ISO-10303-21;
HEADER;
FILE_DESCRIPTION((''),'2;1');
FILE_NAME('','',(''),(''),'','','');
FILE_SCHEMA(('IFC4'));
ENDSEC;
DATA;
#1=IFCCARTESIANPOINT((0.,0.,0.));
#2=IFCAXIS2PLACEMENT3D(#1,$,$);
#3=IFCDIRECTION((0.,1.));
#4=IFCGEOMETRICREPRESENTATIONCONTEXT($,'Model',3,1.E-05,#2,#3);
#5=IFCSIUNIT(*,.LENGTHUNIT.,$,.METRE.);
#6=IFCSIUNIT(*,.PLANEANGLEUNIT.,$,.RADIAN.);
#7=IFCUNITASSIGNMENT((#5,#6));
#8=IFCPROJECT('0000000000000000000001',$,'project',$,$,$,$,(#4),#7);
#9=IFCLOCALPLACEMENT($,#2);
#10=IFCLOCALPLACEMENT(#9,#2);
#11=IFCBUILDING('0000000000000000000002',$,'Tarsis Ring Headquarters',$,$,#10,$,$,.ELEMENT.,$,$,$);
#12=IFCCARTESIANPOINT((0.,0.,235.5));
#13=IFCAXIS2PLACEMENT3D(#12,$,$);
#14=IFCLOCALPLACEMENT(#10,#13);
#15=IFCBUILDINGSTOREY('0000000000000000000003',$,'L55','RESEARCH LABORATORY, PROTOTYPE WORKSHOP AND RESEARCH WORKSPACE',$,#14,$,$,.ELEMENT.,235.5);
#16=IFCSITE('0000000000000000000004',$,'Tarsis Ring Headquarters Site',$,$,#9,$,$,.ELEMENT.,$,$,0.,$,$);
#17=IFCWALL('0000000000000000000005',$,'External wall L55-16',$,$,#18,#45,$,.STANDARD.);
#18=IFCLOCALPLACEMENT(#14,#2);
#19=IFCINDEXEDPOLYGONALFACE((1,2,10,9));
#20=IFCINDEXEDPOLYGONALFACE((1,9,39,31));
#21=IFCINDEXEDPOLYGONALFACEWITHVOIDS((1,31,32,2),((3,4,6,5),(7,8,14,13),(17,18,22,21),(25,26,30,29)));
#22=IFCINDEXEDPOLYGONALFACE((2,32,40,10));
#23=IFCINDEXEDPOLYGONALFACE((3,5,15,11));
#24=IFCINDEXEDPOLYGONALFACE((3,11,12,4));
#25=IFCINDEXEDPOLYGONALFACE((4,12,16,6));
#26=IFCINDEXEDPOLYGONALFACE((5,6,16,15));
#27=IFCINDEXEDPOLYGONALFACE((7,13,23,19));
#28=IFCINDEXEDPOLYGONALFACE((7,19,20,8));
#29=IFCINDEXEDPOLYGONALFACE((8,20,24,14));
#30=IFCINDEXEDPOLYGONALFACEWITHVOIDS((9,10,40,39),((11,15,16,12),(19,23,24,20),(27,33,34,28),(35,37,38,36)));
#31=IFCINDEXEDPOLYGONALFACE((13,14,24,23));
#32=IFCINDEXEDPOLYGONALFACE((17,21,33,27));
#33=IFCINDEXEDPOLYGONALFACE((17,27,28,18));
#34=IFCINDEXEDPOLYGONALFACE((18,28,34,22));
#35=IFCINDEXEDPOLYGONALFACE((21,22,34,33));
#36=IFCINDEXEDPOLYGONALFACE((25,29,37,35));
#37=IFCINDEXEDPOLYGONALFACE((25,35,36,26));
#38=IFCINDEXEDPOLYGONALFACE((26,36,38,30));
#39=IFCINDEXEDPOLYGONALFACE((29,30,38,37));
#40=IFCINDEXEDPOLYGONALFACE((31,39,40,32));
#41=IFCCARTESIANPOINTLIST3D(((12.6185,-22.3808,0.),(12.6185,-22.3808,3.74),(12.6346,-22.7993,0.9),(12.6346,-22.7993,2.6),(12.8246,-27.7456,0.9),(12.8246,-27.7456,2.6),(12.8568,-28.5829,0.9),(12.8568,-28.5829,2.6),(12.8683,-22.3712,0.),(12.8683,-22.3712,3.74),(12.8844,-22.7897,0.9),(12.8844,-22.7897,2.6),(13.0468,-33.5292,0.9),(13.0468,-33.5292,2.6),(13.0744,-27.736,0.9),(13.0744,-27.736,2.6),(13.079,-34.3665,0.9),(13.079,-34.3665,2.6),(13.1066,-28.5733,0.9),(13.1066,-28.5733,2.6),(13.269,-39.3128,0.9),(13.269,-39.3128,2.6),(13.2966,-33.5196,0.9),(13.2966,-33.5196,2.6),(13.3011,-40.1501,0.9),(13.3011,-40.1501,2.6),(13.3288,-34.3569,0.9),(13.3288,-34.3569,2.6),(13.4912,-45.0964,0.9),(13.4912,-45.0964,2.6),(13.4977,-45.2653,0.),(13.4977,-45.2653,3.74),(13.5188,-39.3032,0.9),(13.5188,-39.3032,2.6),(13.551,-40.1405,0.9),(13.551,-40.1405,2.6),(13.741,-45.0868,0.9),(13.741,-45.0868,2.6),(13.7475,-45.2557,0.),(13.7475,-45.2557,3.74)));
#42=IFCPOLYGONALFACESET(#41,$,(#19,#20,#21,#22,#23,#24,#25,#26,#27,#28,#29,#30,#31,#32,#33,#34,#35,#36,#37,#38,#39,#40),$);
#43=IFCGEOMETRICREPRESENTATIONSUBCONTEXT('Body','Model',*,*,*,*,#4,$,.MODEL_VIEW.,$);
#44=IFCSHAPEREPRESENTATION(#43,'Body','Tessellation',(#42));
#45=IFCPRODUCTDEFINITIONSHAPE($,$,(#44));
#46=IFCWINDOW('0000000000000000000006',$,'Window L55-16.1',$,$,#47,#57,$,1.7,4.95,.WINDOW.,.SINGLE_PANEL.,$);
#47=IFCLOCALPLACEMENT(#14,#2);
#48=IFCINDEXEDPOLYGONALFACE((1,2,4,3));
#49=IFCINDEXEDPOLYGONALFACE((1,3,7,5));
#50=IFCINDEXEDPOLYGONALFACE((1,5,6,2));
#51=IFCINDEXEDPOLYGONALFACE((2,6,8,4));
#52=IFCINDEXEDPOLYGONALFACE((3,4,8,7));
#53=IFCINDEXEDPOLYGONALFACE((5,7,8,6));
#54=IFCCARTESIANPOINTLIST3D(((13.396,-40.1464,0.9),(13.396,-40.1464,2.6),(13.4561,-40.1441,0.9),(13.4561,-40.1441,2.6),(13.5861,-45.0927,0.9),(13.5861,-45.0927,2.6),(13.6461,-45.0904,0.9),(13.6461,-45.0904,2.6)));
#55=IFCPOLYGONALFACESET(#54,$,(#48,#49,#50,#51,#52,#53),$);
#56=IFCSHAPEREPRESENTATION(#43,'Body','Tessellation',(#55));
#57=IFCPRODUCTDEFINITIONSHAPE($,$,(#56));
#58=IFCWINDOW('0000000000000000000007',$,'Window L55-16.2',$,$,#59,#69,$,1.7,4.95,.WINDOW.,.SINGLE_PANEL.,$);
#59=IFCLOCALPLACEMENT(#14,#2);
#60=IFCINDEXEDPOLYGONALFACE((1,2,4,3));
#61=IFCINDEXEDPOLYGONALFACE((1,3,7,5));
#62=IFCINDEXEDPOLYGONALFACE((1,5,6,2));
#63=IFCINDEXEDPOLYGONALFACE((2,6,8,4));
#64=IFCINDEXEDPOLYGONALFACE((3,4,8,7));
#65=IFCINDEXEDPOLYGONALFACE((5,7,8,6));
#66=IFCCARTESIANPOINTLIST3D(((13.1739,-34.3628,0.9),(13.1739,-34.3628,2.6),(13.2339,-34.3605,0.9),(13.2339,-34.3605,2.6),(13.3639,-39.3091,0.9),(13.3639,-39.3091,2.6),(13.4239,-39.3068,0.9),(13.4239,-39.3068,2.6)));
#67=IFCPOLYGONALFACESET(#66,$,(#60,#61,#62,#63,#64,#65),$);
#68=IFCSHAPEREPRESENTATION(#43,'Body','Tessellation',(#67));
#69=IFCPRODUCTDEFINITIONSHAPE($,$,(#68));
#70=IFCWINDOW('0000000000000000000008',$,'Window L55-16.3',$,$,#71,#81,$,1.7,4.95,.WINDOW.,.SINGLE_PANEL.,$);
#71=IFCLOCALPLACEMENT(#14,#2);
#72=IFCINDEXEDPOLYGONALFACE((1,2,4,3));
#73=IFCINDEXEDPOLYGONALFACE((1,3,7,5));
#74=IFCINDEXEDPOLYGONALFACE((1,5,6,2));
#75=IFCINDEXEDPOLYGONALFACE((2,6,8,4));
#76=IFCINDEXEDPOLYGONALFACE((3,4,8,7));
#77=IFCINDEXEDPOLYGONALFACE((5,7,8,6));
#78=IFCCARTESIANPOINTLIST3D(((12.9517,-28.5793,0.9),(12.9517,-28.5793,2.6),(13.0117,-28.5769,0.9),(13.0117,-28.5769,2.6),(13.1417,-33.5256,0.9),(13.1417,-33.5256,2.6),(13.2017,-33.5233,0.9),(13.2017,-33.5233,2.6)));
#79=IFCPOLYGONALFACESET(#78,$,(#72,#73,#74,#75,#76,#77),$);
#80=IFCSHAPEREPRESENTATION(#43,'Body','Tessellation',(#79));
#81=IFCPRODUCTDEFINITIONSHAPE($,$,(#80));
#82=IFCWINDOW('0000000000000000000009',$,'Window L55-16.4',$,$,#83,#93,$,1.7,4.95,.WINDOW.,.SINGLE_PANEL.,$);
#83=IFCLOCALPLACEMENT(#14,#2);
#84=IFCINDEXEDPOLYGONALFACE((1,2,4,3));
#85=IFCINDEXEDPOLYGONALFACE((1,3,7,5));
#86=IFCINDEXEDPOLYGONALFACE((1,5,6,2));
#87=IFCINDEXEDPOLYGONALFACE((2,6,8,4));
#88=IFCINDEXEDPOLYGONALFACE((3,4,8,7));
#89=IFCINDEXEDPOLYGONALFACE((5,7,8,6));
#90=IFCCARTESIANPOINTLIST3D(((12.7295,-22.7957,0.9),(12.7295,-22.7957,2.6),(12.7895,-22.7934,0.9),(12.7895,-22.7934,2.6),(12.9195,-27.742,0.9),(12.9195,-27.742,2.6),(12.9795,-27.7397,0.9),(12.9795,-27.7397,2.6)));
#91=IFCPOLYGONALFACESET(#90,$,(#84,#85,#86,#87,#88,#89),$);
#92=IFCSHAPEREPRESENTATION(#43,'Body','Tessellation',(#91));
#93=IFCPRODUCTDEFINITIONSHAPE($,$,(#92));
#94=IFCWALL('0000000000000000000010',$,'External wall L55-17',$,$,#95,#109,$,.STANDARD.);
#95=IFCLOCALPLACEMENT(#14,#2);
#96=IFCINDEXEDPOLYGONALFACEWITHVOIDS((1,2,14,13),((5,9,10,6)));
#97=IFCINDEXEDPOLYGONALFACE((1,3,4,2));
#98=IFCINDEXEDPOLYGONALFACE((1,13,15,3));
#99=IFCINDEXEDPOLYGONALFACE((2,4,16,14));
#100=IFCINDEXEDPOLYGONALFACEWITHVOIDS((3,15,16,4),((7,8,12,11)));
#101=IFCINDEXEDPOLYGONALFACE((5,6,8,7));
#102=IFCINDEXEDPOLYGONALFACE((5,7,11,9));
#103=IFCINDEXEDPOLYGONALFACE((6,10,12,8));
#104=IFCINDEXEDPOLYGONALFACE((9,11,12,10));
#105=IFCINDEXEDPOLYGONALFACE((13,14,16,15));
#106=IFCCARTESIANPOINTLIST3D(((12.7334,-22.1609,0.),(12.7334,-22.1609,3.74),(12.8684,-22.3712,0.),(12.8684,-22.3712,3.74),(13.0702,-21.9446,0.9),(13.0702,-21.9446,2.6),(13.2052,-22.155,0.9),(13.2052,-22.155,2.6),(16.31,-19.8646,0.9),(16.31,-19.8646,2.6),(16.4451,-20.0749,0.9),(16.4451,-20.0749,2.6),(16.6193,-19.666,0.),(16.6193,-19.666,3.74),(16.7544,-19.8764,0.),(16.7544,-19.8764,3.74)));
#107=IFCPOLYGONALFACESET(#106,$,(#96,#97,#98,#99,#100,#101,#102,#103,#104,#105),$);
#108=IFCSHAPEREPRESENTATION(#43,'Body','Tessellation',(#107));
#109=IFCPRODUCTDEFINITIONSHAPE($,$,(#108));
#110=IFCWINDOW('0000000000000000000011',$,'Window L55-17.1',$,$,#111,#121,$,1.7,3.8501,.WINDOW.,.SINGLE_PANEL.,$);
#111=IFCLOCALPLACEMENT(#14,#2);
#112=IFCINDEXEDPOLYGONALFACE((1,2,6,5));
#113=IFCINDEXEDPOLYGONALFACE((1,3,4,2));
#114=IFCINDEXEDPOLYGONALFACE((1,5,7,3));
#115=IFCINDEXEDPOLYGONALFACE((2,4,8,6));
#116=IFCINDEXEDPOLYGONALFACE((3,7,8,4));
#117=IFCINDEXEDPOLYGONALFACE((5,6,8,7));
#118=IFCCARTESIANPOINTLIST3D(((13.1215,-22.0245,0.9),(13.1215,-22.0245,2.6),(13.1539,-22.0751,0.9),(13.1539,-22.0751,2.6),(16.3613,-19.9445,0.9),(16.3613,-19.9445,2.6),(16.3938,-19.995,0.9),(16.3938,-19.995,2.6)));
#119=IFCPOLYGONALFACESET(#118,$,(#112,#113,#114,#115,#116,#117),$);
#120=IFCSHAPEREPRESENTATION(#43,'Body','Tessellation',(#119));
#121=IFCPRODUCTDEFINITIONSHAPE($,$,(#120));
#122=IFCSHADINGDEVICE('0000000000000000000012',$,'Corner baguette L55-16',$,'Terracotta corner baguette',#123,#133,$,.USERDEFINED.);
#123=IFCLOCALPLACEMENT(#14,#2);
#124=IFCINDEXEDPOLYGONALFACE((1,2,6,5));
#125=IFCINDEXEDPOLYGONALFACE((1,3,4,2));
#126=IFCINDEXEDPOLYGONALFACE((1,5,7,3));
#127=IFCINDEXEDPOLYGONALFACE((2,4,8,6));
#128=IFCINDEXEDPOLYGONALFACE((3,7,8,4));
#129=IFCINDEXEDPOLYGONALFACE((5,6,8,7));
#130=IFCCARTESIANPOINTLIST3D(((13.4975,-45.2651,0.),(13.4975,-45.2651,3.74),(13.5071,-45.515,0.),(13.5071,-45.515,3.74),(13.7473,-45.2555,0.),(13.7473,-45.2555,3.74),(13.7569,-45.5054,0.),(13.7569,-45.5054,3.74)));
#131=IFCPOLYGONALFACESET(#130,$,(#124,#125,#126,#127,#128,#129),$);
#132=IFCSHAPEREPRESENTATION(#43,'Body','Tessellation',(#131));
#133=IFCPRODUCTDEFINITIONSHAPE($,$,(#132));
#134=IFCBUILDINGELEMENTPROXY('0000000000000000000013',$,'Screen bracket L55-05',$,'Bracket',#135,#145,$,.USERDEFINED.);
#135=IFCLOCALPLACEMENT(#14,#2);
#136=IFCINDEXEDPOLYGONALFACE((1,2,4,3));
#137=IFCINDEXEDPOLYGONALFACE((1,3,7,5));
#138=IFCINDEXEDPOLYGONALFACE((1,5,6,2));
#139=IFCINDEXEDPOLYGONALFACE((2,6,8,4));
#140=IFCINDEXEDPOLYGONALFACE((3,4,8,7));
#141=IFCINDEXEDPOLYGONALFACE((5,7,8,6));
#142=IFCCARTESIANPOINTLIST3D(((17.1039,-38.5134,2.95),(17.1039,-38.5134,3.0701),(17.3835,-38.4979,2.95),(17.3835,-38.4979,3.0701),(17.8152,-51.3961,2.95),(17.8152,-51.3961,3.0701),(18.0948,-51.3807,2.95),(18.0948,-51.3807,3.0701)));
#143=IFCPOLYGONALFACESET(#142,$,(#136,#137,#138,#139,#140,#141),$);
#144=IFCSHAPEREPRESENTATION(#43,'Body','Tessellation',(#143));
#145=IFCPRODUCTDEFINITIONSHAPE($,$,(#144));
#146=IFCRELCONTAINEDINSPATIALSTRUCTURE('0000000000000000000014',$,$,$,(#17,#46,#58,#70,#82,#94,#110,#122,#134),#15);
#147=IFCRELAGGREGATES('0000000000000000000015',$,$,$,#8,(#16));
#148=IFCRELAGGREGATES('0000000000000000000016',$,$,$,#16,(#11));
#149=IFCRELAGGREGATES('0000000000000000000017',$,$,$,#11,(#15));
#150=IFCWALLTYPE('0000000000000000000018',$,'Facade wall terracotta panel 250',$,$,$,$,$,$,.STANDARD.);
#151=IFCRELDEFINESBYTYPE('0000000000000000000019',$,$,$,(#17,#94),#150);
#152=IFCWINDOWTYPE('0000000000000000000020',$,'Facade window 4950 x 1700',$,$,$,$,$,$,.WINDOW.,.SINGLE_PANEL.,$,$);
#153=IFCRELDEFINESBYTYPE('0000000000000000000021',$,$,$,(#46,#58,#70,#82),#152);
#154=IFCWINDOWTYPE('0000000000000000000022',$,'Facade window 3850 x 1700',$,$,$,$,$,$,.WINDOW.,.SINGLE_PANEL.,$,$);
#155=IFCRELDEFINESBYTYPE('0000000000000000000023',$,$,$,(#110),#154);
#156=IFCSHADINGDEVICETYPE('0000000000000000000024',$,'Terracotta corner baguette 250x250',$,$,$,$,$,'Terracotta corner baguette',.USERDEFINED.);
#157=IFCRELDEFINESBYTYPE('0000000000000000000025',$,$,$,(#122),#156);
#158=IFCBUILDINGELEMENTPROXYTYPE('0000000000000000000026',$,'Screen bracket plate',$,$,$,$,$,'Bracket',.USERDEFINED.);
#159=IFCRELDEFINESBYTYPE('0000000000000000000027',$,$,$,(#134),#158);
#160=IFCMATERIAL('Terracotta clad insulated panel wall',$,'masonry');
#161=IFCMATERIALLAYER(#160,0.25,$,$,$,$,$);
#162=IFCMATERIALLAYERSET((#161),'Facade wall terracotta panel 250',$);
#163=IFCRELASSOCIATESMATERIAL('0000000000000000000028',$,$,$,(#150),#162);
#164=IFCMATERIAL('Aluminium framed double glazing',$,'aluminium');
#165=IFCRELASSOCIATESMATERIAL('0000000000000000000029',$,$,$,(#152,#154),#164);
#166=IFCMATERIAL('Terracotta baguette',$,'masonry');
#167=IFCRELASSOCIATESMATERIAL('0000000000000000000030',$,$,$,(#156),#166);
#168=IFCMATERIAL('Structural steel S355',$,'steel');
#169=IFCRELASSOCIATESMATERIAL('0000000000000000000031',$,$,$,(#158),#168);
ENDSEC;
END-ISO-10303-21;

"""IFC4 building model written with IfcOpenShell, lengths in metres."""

from ifc_helpers import new_model, si_unit, direction, frame, frame_2d, origin, origin_2d, place, context, subcontext, project, spatial, rectangle, extrude, material, layer, layer_set, type_object, element, fill, save


model = new_model("IFC4")

# Units and contexts
model_context = context("Model", 3, precision=1e-05, world=origin(), true_north=direction((0.0, 1.0)))
body_context = subcontext(model_context, "Body", "Model", "MODEL_VIEW")
ifc_project = project(units=[si_unit("LENGTHUNIT", "METRE"), si_unit("PLANEANGLEUNIT", "RADIAN")], contexts=[model_context])

# Site, building, storey
site_placement = place(None, origin())
site = spatial("IfcSite", under=ifc_project, at=site_placement, Name="Tarsis Ring Headquarters Site", CompositionType="ELEMENT", RefElevation=0.0)
building_placement = place(site_placement, origin())
building = spatial("IfcBuilding", under=site, at=building_placement, Name="Tarsis Ring Headquarters", CompositionType="ELEMENT")
storey_placement = place(building_placement, frame((0.0, 0.0, 235.5)))
storey = spatial("IfcBuildingStorey", under=building, at=storey_placement, Name="L55", Description="RESEARCH LABORATORY, PROTOTYPE WORKSHOP AND RESEARCH WORKSPACE", CompositionType="ELEMENT", Elevation=235.5)

# Shared definitions
ifc_material_1 = material(Name="Structural steel S355", Category="steel")

# Shared definitions
ifc_material_2 = material(Name="Terracotta clad insulated panel wall", Category="masonry")
ifc_layer_1 = layer(ifc_material_2, 0.25)
ifc_layer_set_1 = layer_set([ifc_layer_1], Name="Facade wall terracotta panel 250")
wall_type_1 = type_object("IfcWallType", Name="Facade wall terracotta panel 250", PredefinedType="STANDARD", material=ifc_layer_set_1)

# Wall, openings, windows
wall_1_placement = place(storey_placement, frame((13.6226, -45.2605, 0.0), z_axis=(0.0, 0.0, 1.0), x_axis=(-0.038388, 0.999263, 0.0)))
wall_1 = element("IfcWall", 1, at=wall_1_placement, inside=storey, type_object=wall_type_1, Name="External wall L55-16", PredefinedType="STANDARD", context=body_context, shape_type="SweptSolid", body=[
    extrude(rectangle(XDim=22.9014, YDim=0.25, at=frame_2d((11.4507, 0.0))), origin(), (0.0, 0.0, 1.0), 3.74),
])
opening_1_placement = place(wall_1_placement, frame((0.1689, 0.0, 0.8999)))
opening_1 = element("IfcOpeningElement", 2, at=opening_1_placement, cuts=wall_1, PredefinedType="OPENING", context=body_context, shape_type="SweptSolid", body=[
    extrude(rectangle(XDim=4.95, YDim=1.7, at=frame_2d((2.4751, 0.8501))), frame((0.0, 0.135, 0.0), z_axis=(0.0, -1.0, 0.0), x_axis=(1.0, 0.0, 0.0)), (0.0, 0.0, 1.0), 0.27),
])
opening_2_placement = place(wall_1_placement, frame((5.9568, 0.0, 0.8999)))
opening_2 = element("IfcOpeningElement", 3, at=opening_2_placement, cuts=wall_1, PredefinedType="OPENING", context=body_context, shape_type="SweptSolid", body=[
    extrude(rectangle(XDim=4.95, YDim=1.7, at=frame_2d((2.4751, 0.8501))), frame((0.0, 0.135, 0.0), z_axis=(0.0, -1.0, 0.0), x_axis=(1.0, 0.0, 0.0)), (0.0, 0.0, 1.0), 0.27),
])
opening_3_placement = place(wall_1_placement, frame((11.7446, 0.0, 0.8999)))
opening_3 = element("IfcOpeningElement", 4, at=opening_3_placement, cuts=wall_1, PredefinedType="OPENING", context=body_context, shape_type="SweptSolid", body=[
    extrude(rectangle(XDim=4.95, YDim=1.7, at=frame_2d((2.4751, 0.8501))), frame((0.0, 0.135, 0.0), z_axis=(0.0, -1.0, 0.0), x_axis=(1.0, 0.0, 0.0)), (0.0, 0.0, 1.0), 0.27),
])
opening_4_placement = place(wall_1_placement, frame((17.5325, 0.0, 0.8999)))
opening_4 = element("IfcOpeningElement", 5, at=opening_4_placement, cuts=wall_1, PredefinedType="OPENING", context=body_context, shape_type="SweptSolid", body=[
    extrude(rectangle(XDim=4.95, YDim=1.7, at=frame_2d((2.4751, 0.8501))), frame((0.0, 0.135, 0.0), z_axis=(0.0, -1.0, 0.0), x_axis=(1.0, 0.0, 0.0)), (0.0, 0.0, 1.0), 0.27),
])
ifc_material_3 = material(Name="Aluminium framed double glazing", Category="aluminium")
window_type_1 = type_object("IfcWindowType", Name="Facade window 4950 x 1700", PartitioningType="SINGLE_PANEL", PredefinedType="WINDOW", material=ifc_material_3)
window_1_placement = place(opening_1_placement, origin())
window_1 = element("IfcWindow", 6, at=window_1_placement, inside=storey, type_object=window_type_1, Name="Window L55-16.1", OverallHeight=1.7, OverallWidth=4.95, PartitioningType="SINGLE_PANEL", PredefinedType="WINDOW", context=body_context, shape_type="SweptSolid", body=[
    extrude(rectangle(XDim=4.95, YDim=1.7, at=frame_2d((2.4751, 0.8501))), frame((0.0, 0.03, 0.0), z_axis=(0.0, -1.0, 0.0), x_axis=(1.0, 0.0, 0.0)), (0.0, 0.0, 1.0), 0.0601),
])
fill(opening_1, window_1)
window_2_placement = place(opening_2_placement, origin())
window_2 = element("IfcWindow", 7, at=window_2_placement, inside=storey, type_object=window_type_1, Name="Window L55-16.2", OverallHeight=1.7, OverallWidth=4.95, PartitioningType="SINGLE_PANEL", PredefinedType="WINDOW", context=body_context, shape_type="SweptSolid", body=[
    extrude(rectangle(XDim=4.95, YDim=1.7, at=frame_2d((2.4751, 0.8501))), frame((0.0, 0.03, 0.0), z_axis=(0.0, -1.0, 0.0), x_axis=(1.0, 0.0, 0.0)), (0.0, 0.0, 1.0), 0.0601),
])
fill(opening_2, window_2)
window_3_placement = place(opening_3_placement, origin())
window_3 = element("IfcWindow", 8, at=window_3_placement, inside=storey, type_object=window_type_1, Name="Window L55-16.3", OverallHeight=1.7, OverallWidth=4.95, PartitioningType="SINGLE_PANEL", PredefinedType="WINDOW", context=body_context, shape_type="SweptSolid", body=[
    extrude(rectangle(XDim=4.95, YDim=1.7, at=frame_2d((2.4751, 0.8501))), frame((0.0, 0.03, 0.0), z_axis=(0.0, -1.0, 0.0), x_axis=(1.0, 0.0, 0.0)), (0.0, 0.0, 1.0), 0.0601),
])
fill(opening_3, window_3)
window_4_placement = place(opening_4_placement, origin())
window_4 = element("IfcWindow", 9, at=window_4_placement, inside=storey, type_object=window_type_1, Name="Window L55-16.4", OverallHeight=1.7, OverallWidth=4.95, PartitioningType="SINGLE_PANEL", PredefinedType="WINDOW", context=body_context, shape_type="SweptSolid", body=[
    extrude(rectangle(XDim=4.95, YDim=1.7, at=frame_2d((2.4751, 0.8501))), frame((0.0, 0.03, 0.0), z_axis=(0.0, -1.0, 0.0), x_axis=(1.0, 0.0, 0.0)), (0.0, 0.0, 1.0), 0.0601),
])
fill(opening_4, window_4)

# Wall, opening, window
wall_2_placement = place(storey_placement, frame((12.8008, -22.2661, 0.0), z_axis=(0.0, 0.0, 1.0), x_axis=(0.8415, 0.540258, 0.0)))
wall_2 = element("IfcWall", 10, at=wall_2_placement, inside=storey, type_object=wall_type_1, Name="External wall L55-17", PredefinedType="STANDARD", context=body_context, shape_type="SweptSolid", body=[
    extrude(rectangle(XDim=4.6179, YDim=0.25, at=frame_2d((2.3091, 0.0))), origin(), (0.0, 0.0, 1.0), 3.74),
])
opening_5_placement = place(wall_2_placement, frame((0.4004, 0.0, 0.8999)))
opening_5 = element("IfcOpeningElement", 11, at=opening_5_placement, cuts=wall_2, PredefinedType="OPENING", context=body_context, shape_type="SweptSolid", body=[
    extrude(rectangle(XDim=3.8501, YDim=1.7, at=frame_2d((1.925, 0.8501))), frame((0.0, 0.135, 0.0), z_axis=(0.0, -1.0, 0.0), x_axis=(1.0, 0.0, 0.0)), (0.0, 0.0, 1.0), 0.27),
])
window_type_2 = type_object("IfcWindowType", Name="Facade window 3850 x 1700", PartitioningType="SINGLE_PANEL", PredefinedType="WINDOW", material=ifc_material_3)
window_5_placement = place(opening_5_placement, origin())
window_5 = element("IfcWindow", 12, at=window_5_placement, inside=storey, type_object=window_type_2, Name="Window L55-17.1", OverallHeight=1.7, OverallWidth=3.8501, PartitioningType="SINGLE_PANEL", PredefinedType="WINDOW", context=body_context, shape_type="SweptSolid", body=[
    extrude(rectangle(XDim=3.8501, YDim=1.7, at=frame_2d((1.925, 0.8501))), frame((0.0, 0.03, 0.0), z_axis=(0.0, -1.0, 0.0), x_axis=(1.0, 0.0, 0.0)), (0.0, 0.0, 1.0), 0.0601),
])
fill(opening_5, window_5)

# Shading device
ifc_material_4 = material(Name="Terracotta baguette", Category="masonry")
shading_device_type_1 = type_object("IfcShadingDeviceType", Name="Terracotta corner baguette 250x250", ElementType="Terracotta corner baguette", PredefinedType="USERDEFINED", material=ifc_material_4)
shading_device_1_placement = place(storey_placement, frame((13.6272, -45.3853, 0.0), z_axis=(0.0, 0.0, 1.0), x_axis=(0.999263, 0.038388, 0.0)))
element("IfcShadingDevice", 13, at=shading_device_1_placement, inside=storey, type_object=shading_device_type_1, Name="Corner baguette L55-16", ObjectType="Terracotta corner baguette", PredefinedType="USERDEFINED", context=body_context, shape_type="SweptSolid", body=[
    extrude(rectangle(XDim=0.25, YDim=0.25, at=origin_2d()), origin(), (0.0, 0.0, 1.0), 3.74),
])

# Building element proxy
building_element_proxy_type = type_object("IfcBuildingElementProxyType", Name="Screen bracket plate", ElementType="Bracket", PredefinedType="USERDEFINED", material=ifc_material_1)
proxy_placement = place(storey_placement, frame((17.5994, -44.947, 2.95), z_axis=(0.0, 0.0, 1.0), x_axis=(-0.055124, 0.998479, 0.0)))
element("IfcBuildingElementProxy", 14, at=proxy_placement, inside=storey, type_object=building_element_proxy_type, Name="Screen bracket L55-05", ObjectType="Bracket", PredefinedType="USERDEFINED", context=body_context, shape_type="SweptSolid", body=[
    extrude(rectangle(XDim=12.9023, YDim=0.28, at=origin_2d()), origin(), (0.0, 0.0, 1.0), 0.1201),
])

save(model, "model.ifc")
